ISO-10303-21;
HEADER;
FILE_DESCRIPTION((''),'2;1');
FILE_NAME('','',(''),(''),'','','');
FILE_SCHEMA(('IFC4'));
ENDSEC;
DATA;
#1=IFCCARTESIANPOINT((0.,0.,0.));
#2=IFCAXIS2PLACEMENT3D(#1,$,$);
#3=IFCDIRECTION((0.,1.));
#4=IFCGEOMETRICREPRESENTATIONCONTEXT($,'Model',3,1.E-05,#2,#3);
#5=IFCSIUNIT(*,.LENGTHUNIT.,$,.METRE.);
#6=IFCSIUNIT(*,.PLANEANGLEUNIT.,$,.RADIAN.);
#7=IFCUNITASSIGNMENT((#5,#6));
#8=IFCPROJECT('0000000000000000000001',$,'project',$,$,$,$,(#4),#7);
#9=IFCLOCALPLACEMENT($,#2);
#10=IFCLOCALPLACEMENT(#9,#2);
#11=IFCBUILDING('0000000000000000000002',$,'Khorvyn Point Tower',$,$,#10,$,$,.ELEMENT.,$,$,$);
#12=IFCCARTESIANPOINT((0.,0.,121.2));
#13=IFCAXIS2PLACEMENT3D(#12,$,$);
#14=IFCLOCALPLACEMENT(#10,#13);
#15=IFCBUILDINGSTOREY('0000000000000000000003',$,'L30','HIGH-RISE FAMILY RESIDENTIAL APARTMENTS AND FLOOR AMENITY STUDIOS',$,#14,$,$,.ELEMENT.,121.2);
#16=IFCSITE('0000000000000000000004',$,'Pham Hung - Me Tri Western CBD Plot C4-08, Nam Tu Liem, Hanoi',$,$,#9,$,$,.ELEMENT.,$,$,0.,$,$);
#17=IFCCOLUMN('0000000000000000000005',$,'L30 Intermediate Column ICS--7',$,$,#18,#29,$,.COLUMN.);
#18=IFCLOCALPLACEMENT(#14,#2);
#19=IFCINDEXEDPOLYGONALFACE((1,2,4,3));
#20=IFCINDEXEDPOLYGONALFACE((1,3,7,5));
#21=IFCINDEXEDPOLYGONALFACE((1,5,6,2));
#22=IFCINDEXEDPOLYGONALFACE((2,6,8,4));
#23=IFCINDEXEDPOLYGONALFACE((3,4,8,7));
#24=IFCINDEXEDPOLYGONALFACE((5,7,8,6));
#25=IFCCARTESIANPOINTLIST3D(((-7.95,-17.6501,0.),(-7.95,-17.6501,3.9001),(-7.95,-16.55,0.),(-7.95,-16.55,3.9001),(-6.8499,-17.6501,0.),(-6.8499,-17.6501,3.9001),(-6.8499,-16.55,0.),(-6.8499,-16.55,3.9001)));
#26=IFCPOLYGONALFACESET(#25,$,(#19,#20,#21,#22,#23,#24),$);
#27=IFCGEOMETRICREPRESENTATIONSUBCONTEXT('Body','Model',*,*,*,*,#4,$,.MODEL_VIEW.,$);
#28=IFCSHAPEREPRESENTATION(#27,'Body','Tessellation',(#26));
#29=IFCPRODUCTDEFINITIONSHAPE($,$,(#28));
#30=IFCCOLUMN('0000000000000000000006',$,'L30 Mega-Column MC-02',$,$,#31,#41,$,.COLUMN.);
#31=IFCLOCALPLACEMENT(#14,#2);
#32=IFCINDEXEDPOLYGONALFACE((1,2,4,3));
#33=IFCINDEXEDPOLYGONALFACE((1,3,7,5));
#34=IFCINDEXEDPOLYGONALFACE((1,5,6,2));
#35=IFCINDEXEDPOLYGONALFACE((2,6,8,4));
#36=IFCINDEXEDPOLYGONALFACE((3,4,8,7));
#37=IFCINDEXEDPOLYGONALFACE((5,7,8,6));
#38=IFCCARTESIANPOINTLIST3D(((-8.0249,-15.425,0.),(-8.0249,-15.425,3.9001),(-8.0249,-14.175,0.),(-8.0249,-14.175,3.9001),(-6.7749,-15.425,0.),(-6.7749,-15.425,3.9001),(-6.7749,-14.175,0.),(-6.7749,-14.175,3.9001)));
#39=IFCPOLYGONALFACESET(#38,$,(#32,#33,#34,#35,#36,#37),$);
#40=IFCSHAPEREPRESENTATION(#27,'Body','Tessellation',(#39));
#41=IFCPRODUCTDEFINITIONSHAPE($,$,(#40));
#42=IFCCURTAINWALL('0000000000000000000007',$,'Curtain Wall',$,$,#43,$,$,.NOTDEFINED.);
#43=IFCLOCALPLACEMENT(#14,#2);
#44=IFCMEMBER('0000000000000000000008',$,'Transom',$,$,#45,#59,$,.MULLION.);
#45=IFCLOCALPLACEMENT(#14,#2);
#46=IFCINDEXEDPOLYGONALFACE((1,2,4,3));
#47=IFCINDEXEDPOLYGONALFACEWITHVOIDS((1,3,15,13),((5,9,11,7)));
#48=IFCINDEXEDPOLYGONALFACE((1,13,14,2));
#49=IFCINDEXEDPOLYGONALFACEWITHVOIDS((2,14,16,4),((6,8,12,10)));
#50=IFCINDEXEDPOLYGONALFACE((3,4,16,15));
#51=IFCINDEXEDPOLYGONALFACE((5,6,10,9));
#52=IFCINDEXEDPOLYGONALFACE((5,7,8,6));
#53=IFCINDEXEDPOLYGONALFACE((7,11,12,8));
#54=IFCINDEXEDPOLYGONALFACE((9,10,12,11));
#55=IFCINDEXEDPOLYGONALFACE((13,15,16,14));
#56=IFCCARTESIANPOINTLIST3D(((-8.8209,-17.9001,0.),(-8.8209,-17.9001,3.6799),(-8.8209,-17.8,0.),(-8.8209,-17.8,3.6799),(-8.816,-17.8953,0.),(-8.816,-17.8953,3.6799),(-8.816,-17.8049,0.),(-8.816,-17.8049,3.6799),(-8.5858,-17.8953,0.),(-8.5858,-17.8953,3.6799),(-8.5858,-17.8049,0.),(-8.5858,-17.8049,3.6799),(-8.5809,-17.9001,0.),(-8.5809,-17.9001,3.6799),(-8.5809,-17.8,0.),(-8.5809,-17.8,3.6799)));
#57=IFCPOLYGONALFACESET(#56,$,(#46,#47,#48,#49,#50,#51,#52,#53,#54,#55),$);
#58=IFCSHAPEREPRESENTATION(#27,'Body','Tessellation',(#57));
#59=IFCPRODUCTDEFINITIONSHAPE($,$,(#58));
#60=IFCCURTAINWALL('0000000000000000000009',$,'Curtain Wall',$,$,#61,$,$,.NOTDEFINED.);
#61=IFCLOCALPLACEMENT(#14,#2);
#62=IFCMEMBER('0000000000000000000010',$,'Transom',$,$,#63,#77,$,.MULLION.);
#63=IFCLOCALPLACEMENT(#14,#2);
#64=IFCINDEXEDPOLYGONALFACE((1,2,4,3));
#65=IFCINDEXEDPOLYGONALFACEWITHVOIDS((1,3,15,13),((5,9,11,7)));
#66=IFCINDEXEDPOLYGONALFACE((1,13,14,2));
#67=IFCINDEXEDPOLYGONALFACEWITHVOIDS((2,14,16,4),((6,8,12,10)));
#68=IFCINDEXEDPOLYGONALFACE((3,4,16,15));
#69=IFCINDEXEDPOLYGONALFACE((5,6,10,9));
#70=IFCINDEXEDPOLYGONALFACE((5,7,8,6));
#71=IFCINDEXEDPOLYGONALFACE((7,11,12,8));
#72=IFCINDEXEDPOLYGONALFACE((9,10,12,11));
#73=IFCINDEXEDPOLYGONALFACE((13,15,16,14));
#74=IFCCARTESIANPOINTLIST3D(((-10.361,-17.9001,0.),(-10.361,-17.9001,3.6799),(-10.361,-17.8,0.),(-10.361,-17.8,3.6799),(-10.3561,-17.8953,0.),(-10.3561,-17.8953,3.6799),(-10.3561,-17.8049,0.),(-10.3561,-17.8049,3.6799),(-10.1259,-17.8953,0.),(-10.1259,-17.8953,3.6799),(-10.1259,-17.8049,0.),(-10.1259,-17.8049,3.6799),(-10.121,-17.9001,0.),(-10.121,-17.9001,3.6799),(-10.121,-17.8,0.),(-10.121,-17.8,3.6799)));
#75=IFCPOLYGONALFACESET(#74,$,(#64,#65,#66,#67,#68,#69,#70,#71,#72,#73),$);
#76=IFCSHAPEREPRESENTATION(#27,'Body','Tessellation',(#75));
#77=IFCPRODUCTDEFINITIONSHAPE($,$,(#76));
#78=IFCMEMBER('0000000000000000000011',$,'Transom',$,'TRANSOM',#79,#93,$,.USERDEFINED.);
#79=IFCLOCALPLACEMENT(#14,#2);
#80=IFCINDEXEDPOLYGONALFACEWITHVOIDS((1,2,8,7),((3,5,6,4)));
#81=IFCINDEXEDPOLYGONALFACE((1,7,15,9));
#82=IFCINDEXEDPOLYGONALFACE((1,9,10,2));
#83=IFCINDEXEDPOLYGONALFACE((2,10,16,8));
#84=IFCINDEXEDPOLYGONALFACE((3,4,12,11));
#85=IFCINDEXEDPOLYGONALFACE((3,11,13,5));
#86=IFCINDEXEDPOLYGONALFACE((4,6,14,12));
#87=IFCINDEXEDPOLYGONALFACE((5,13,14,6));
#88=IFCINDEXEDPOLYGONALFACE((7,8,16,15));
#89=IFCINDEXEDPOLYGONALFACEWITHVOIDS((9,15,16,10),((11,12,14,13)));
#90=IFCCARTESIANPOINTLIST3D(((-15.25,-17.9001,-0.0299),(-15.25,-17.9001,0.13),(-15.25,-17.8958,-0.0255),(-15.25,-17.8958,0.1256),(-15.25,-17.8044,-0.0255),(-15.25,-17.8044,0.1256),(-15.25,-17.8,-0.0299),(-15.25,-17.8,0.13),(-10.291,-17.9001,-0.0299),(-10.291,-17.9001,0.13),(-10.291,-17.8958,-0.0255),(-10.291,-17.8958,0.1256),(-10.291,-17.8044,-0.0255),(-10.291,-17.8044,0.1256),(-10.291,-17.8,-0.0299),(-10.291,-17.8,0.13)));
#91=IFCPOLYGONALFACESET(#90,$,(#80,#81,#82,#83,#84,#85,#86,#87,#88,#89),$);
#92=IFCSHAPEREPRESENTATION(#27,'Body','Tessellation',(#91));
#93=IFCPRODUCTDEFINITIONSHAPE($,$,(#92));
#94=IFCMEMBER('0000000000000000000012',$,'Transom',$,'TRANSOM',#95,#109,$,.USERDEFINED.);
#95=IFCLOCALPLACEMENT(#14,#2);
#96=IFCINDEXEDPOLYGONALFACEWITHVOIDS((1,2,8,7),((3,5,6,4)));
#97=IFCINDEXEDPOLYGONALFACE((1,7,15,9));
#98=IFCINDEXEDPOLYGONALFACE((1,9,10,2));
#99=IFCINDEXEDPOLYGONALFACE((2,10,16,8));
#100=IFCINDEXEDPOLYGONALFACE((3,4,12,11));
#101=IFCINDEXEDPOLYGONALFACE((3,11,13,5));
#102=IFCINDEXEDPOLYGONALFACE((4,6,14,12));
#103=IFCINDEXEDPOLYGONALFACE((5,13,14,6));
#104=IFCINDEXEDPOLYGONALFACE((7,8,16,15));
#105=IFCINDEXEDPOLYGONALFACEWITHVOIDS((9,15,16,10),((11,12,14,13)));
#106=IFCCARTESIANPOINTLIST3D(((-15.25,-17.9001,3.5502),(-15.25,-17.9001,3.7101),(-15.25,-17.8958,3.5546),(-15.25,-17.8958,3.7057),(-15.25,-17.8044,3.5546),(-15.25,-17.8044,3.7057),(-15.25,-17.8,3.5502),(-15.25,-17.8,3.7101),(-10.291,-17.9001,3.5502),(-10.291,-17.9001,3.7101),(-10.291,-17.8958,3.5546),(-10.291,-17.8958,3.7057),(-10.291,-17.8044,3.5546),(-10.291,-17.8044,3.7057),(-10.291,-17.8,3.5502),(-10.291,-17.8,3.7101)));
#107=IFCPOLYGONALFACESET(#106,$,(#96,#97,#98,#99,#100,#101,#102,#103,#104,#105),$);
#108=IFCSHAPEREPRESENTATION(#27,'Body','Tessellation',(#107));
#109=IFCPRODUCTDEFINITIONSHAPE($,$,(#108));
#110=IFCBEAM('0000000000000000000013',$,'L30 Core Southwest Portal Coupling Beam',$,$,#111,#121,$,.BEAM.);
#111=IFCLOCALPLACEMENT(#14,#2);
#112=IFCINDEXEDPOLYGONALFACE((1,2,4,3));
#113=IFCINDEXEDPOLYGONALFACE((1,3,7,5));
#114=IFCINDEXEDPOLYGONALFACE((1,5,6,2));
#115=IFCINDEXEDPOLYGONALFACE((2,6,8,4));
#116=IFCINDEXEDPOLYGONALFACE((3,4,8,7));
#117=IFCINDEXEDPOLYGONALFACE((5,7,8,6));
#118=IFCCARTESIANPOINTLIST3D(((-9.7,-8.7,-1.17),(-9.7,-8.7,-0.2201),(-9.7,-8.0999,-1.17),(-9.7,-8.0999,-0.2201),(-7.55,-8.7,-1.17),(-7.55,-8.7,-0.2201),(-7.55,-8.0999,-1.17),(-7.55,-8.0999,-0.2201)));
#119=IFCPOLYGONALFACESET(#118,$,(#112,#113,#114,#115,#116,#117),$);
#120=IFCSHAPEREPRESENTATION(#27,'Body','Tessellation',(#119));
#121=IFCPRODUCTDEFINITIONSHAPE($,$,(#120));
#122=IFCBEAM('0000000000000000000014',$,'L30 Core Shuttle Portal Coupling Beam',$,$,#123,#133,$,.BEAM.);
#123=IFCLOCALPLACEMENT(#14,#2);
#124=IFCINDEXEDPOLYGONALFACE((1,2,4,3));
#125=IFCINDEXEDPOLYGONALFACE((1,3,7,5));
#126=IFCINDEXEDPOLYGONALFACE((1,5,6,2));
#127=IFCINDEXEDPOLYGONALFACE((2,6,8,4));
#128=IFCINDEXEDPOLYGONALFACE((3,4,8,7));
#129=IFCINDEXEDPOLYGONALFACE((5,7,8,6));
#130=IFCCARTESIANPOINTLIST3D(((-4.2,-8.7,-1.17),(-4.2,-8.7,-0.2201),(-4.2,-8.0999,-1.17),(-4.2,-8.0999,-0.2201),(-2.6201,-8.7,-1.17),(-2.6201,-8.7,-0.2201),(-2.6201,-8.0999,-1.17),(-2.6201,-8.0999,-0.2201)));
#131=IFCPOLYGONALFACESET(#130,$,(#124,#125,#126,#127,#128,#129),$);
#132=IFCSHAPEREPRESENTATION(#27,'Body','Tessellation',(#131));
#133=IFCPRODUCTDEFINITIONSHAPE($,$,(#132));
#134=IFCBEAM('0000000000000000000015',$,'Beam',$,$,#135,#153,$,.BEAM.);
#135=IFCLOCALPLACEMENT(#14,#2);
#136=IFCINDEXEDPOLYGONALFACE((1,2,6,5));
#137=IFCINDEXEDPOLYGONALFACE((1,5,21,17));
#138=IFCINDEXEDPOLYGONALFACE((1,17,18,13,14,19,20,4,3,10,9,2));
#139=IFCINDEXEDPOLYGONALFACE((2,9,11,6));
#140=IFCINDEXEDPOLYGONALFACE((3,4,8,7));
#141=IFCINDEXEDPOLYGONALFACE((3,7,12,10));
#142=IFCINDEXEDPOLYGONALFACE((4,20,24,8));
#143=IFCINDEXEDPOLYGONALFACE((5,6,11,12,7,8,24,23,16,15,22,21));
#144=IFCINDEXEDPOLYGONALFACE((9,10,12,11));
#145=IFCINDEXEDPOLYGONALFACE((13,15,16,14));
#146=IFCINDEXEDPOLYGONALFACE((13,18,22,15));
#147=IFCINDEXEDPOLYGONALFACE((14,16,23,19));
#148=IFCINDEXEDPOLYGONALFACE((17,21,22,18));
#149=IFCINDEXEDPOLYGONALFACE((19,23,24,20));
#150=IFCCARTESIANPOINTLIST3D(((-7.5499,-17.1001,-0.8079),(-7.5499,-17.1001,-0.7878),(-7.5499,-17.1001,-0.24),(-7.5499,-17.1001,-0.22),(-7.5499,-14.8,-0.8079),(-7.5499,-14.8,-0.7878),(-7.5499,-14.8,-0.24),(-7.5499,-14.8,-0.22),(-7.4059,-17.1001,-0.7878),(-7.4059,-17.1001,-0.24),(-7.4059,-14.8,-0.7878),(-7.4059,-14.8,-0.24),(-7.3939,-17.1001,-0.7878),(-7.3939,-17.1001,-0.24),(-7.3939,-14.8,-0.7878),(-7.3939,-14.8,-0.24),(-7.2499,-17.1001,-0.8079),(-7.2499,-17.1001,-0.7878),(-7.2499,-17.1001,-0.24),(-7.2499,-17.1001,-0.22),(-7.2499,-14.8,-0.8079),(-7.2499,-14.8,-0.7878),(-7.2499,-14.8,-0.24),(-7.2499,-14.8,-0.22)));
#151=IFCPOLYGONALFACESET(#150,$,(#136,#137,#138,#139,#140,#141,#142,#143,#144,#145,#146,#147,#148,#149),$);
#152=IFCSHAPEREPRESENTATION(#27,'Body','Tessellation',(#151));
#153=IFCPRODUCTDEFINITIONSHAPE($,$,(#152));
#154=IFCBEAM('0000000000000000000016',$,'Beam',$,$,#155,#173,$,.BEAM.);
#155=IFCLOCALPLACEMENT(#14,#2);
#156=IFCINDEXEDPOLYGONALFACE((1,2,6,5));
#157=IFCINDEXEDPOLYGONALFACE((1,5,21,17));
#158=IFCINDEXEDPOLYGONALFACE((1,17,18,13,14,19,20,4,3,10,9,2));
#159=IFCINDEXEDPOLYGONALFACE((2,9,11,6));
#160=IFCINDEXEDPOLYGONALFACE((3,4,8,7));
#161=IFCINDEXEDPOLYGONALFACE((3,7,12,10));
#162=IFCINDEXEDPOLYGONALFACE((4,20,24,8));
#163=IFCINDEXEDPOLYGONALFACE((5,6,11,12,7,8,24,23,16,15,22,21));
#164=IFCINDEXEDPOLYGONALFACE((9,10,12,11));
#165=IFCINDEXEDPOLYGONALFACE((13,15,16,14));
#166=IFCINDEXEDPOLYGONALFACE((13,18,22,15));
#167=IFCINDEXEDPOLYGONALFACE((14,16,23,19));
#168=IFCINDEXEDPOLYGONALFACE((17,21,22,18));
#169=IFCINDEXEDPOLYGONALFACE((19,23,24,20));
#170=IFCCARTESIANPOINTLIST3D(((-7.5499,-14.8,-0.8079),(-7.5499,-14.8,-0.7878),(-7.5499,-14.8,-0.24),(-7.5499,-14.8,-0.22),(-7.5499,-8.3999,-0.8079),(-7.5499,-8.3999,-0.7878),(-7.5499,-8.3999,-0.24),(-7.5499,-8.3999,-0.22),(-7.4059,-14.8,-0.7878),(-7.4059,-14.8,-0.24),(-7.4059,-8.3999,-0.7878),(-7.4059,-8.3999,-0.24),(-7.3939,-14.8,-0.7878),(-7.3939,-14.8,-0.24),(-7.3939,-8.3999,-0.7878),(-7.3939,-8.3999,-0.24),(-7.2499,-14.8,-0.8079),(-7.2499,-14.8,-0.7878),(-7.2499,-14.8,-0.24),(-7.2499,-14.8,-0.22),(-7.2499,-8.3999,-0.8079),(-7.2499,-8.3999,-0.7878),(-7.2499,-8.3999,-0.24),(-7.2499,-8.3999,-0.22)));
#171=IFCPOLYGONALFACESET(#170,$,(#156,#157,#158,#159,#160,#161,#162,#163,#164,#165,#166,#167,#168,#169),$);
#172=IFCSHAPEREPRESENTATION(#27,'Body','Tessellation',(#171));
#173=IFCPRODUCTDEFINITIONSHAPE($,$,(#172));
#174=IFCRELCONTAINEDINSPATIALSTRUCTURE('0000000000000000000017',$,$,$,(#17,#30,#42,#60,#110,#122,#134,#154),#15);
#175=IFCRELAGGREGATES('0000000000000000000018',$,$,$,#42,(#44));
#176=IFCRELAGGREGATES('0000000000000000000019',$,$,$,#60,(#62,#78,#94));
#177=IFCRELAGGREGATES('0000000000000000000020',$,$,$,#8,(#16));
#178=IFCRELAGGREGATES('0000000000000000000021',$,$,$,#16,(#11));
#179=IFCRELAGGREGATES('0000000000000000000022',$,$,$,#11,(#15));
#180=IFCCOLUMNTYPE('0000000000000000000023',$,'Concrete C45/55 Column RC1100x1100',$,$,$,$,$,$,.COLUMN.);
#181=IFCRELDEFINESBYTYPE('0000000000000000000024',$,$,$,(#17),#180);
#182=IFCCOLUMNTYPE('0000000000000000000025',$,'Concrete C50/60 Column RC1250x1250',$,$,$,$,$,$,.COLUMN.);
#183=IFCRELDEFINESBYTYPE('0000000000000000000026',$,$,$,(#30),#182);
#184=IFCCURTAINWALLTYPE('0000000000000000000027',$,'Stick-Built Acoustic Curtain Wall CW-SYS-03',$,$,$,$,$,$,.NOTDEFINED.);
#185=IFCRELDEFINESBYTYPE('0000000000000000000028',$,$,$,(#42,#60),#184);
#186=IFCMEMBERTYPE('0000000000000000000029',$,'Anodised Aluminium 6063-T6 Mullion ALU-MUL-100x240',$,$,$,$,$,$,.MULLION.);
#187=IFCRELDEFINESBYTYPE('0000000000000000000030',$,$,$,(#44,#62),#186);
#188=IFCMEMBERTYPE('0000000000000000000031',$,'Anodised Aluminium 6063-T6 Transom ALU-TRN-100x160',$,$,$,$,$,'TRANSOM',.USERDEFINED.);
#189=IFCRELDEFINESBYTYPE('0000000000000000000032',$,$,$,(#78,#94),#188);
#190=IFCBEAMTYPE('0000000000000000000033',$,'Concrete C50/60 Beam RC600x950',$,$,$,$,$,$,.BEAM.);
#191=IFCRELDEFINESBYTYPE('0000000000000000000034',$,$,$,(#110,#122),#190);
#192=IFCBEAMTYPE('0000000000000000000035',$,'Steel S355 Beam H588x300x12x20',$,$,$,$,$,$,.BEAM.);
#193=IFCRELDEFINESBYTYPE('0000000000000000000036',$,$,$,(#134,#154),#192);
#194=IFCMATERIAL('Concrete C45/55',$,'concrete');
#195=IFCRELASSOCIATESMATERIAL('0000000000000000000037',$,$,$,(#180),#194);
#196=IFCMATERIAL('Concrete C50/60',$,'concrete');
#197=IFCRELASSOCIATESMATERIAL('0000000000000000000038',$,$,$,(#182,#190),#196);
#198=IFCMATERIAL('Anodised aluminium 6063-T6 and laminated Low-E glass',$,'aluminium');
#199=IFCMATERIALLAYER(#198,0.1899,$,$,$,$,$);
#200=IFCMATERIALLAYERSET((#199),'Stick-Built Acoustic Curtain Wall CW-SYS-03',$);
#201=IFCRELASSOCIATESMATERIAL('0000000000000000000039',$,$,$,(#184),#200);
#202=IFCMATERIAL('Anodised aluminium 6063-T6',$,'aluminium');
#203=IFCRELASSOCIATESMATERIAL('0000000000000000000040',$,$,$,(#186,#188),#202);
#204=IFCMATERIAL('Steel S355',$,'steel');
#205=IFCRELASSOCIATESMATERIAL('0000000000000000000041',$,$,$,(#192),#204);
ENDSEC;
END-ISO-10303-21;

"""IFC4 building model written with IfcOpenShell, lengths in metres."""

from ifc_helpers import new_model, si_unit, direction, frame, origin, origin_2d, place, context, subcontext, project, spatial, rectangle, hollow_rectangle, i_section, extrude, material, layer, layer_set, material_profile, profile_set, type_object, element, aggregate, save


model = new_model("IFC4")

# Units and contexts
model_context = context("Model", 3, precision=1e-05, world=origin(), true_north=direction((0.0, 1.0)))
body_context = subcontext(model_context, "Body", "Model", "MODEL_VIEW")
ifc_project = project(units=[si_unit("LENGTHUNIT", "METRE"), si_unit("PLANEANGLEUNIT", "RADIAN")], contexts=[model_context])

# Site, building, storey
site_placement = place(None, origin())
site = spatial("IfcSite", under=ifc_project, at=site_placement, Name="Pham Hung - Me Tri Western CBD Plot C4-08, Nam Tu Liem, Hanoi", CompositionType="ELEMENT", RefElevation=0.0)
building_placement = place(site_placement, origin())
building = spatial("IfcBuilding", under=site, at=building_placement, Name="Khorvyn Point Tower", CompositionType="ELEMENT")
storey_placement = place(building_placement, frame((0.0, 0.0, 121.2)))
storey = spatial("IfcBuildingStorey", under=building, at=storey_placement, Name="L30", Description="HIGH-RISE FAMILY RESIDENTIAL APARTMENTS AND FLOOR AMENITY STUDIOS", CompositionType="ELEMENT", Elevation=121.2)

# Columns
ifc_material_1 = material(Name="Concrete C45/55", Category="concrete")
ifc_material_profile_1 = material_profile(ifc_material_1, rectangle(XDim=1.1001, YDim=1.1001, at=origin_2d()))
ifc_profile_set_1 = profile_set([ifc_material_profile_1], Name="Concrete C45/55 RC1100x1100")
column_type_1 = type_object("IfcColumnType", Name="Concrete C45/55 Column RC1100x1100", PredefinedType="COLUMN", material=ifc_profile_set_1)
column_1_placement = place(storey_placement, frame((-7.3999, -17.1001, 0.0), z_axis=(0.0, 0.0, 1.0), x_axis=(1.0, 0.0, 0.0)))
element("IfcColumn", 1, at=column_1_placement, inside=storey, type_object=column_type_1, Name="L30 Intermediate Column ICS--7", PredefinedType="COLUMN", context=body_context, shape_type="SweptSolid", body=[
    extrude(rectangle(XDim=1.1001, YDim=1.1001, at=origin_2d()), origin(), (0.0, 0.0, 1.0), 3.9001),
])
ifc_material_2 = material(Name="Concrete C50/60", Category="concrete")
ifc_material_profile_2 = material_profile(ifc_material_2, rectangle(XDim=1.25, YDim=1.25, at=origin_2d()))
ifc_profile_set_2 = profile_set([ifc_material_profile_2], Name="Concrete C50/60 RC1250x1250")
column_type_2 = type_object("IfcColumnType", Name="Concrete C50/60 Column RC1250x1250", PredefinedType="COLUMN", material=ifc_profile_set_2)
column_2_placement = place(storey_placement, frame((-7.3999, -14.8, 0.0), z_axis=(0.0, 0.0, 1.0), x_axis=(1.0, 0.0, 0.0)))
element("IfcColumn", 2, at=column_2_placement, inside=storey, type_object=column_type_2, Name="L30 Mega-Column MC-02", PredefinedType="COLUMN", context=body_context, shape_type="SweptSolid", body=[
    extrude(rectangle(XDim=1.25, YDim=1.25, at=origin_2d()), origin(), (0.0, 0.0, 1.0), 3.9001),
])

# Curtain wall, member
ifc_material_3 = material(Name="Anodised aluminium 6063-T6 and laminated Low-E glass", Category="aluminium")
ifc_layer_1 = layer(ifc_material_3, 0.1899)
ifc_layer_set_1 = layer_set([ifc_layer_1], Name="Stick-Built Acoustic Curtain Wall CW-SYS-03")
curtain_wall_type = type_object("IfcCurtainWallType", Name="Stick-Built Acoustic Curtain Wall CW-SYS-03", PredefinedType="NOTDEFINED", material=ifc_layer_set_1)
curtain_wall_1_placement = place(storey_placement, origin())
curtain_wall_1 = element("IfcCurtainWall", 3, at=curtain_wall_1_placement, inside=storey, type_object=curtain_wall_type, Name="Curtain Wall", PredefinedType="NOTDEFINED")
ifc_material_4 = material(Name="Anodised aluminium 6063-T6", Category="aluminium")
ifc_material_profile_3 = material_profile(ifc_material_4, hollow_rectangle(XDim=0.1001, YDim=0.24, WallThickness=0.0049, at=origin_2d()))
ifc_profile_set_3 = profile_set([ifc_material_profile_3], Name="Anodised aluminium 6063-T6 ALU-MUL-100x240")
member_type_1 = type_object("IfcMemberType", Name="Anodised Aluminium 6063-T6 Mullion ALU-MUL-100x240", PredefinedType="MULLION", material=ifc_profile_set_3)
member_1_placement = place(storey_placement, frame((-8.7009, -17.8501, 0.0), z_axis=(0.0, 0.0, 1.0), x_axis=(0.0, -1.0, 0.0)))
member_1 = element("IfcMember", 4, at=member_1_placement, type_object=member_type_1, Name="Transom", PredefinedType="MULLION", context=body_context, shape_type="SweptSolid", body=[
    extrude(hollow_rectangle(XDim=0.1001, YDim=0.24, WallThickness=0.0049, at=origin_2d()), origin(), (0.0, 0.0, 1.0), 3.6799),
])
aggregate(curtain_wall_1, [member_1])

# Curtain wall, members
curtain_wall_2_placement = place(storey_placement, origin())
curtain_wall_2 = element("IfcCurtainWall", 5, at=curtain_wall_2_placement, inside=storey, type_object=curtain_wall_type, Name="Curtain Wall", PredefinedType="NOTDEFINED")
member_2_placement = place(storey_placement, frame((-10.241, -17.8501, 0.0), z_axis=(0.0, 0.0, 1.0), x_axis=(0.0, -1.0, 0.0)))
member_2 = element("IfcMember", 6, at=member_2_placement, type_object=member_type_1, Name="Transom", PredefinedType="MULLION", context=body_context, shape_type="SweptSolid", body=[
    extrude(hollow_rectangle(XDim=0.1001, YDim=0.24, WallThickness=0.0049, at=origin_2d()), origin(), (0.0, 0.0, 1.0), 3.6799),
])
ifc_material_profile_4 = material_profile(ifc_material_4, hollow_rectangle(XDim=0.1001, YDim=0.1599, WallThickness=0.0044, at=origin_2d()))
ifc_profile_set_4 = profile_set([ifc_material_profile_4], Name="Anodised aluminium 6063-T6 ALU-TRN-100x160")
member_type_2 = type_object("IfcMemberType", Name="Anodised Aluminium 6063-T6 Transom ALU-TRN-100x160", ElementType="TRANSOM", PredefinedType="USERDEFINED", material=ifc_profile_set_4)
member_3_placement = place(storey_placement, frame((-10.291, -17.8501, 0.05), z_axis=(-1.0, 0.0, 0.0), x_axis=(0.0, -1.0, 0.0)))
member_3 = element("IfcMember", 7, at=member_3_placement, type_object=member_type_2, Name="Transom", ObjectType="TRANSOM", PredefinedType="USERDEFINED", context=body_context, shape_type="SweptSolid", body=[
    extrude(hollow_rectangle(XDim=0.1001, YDim=0.1599, WallThickness=0.0044, at=origin_2d()), origin(), (0.0, 0.0, 1.0), 4.959),
])
member_4_placement = place(storey_placement, frame((-10.291, -17.8501, 3.6301), z_axis=(-1.0, 0.0, 0.0), x_axis=(0.0, -1.0, 0.0)))
member_4 = element("IfcMember", 8, at=member_4_placement, type_object=member_type_2, Name="Transom", ObjectType="TRANSOM", PredefinedType="USERDEFINED", context=body_context, shape_type="SweptSolid", body=[
    extrude(hollow_rectangle(XDim=0.1001, YDim=0.1599, WallThickness=0.0044, at=origin_2d()), origin(), (0.0, 0.0, 1.0), 4.959),
])

# Beams
ifc_material_profile_5 = material_profile(ifc_material_2, rectangle(XDim=0.6001, YDim=0.95, at=origin_2d()))
ifc_profile_set_5 = profile_set([ifc_material_profile_5], Name="Concrete C50/60 RC600x950")
beam_type_1 = type_object("IfcBeamType", Name="Concrete C50/60 Beam RC600x950", PredefinedType="BEAM", material=ifc_profile_set_5)
beam_1_placement = place(storey_placement, frame((-9.7, -8.3999, -0.6951), z_axis=(1.0, 0.0, 0.0), x_axis=(0.0, 1.0, 0.0)))
element("IfcBeam", 9, at=beam_1_placement, inside=storey, type_object=beam_type_1, Name="L30 Core Southwest Portal Coupling Beam", PredefinedType="BEAM", context=body_context, shape_type="SweptSolid", body=[
    extrude(rectangle(XDim=0.6001, YDim=0.95, at=origin_2d()), origin(), (0.0, 0.0, 1.0), 2.1499),
])
beam_2_placement = place(storey_placement, frame((-4.2, -8.3999, -0.6951), z_axis=(1.0, 0.0, 0.0), x_axis=(0.0, 1.0, 0.0)))
element("IfcBeam", 10, at=beam_2_placement, inside=storey, type_object=beam_type_1, Name="L30 Core Shuttle Portal Coupling Beam", PredefinedType="BEAM", context=body_context, shape_type="SweptSolid", body=[
    extrude(rectangle(XDim=0.6001, YDim=0.95, at=origin_2d()), origin(), (0.0, 0.0, 1.0), 1.5798),
])
ifc_material_5 = material(Name="Steel S355", Category="steel")
ifc_material_profile_6 = material_profile(ifc_material_5, i_section(OverallWidth=0.3, OverallDepth=0.5879, WebThickness=0.012, FlangeThickness=0.02, at=origin_2d()))
ifc_profile_set_6 = profile_set([ifc_material_profile_6], Name="Steel S355 H588x300x12x20")
beam_type_2 = type_object("IfcBeamType", Name="Steel S355 Beam H588x300x12x20", PredefinedType="BEAM", material=ifc_profile_set_6)
beam_3_placement = place(storey_placement, frame((-7.3999, -17.1001, -0.5139), z_axis=(0.0, 1.0, 0.0), x_axis=(-1.0, 0.0, 0.0)))
element("IfcBeam", 11, at=beam_3_placement, inside=storey, type_object=beam_type_2, Name="Beam", PredefinedType="BEAM", context=body_context, shape_type="SweptSolid", body=[
    extrude(i_section(OverallWidth=0.3, OverallDepth=0.5879, WebThickness=0.012, FlangeThickness=0.02, at=origin_2d()), origin(), (0.0, 0.0, 1.0), 2.3),
])
beam_4_placement = place(storey_placement, frame((-7.3999, -14.8, -0.5139), z_axis=(0.0, 1.0, 0.0), x_axis=(-1.0, 0.0, 0.0)))
element("IfcBeam", 12, at=beam_4_placement, inside=storey, type_object=beam_type_2, Name="Beam", PredefinedType="BEAM", context=body_context, shape_type="SweptSolid", body=[
    extrude(i_section(OverallWidth=0.3, OverallDepth=0.5879, WebThickness=0.012, FlangeThickness=0.02, at=origin_2d()), origin(), (0.0, 0.0, 1.0), 6.4001),
])

aggregate(curtain_wall_2, [member_2, member_3, member_4])

save(model, "model.ifc")
